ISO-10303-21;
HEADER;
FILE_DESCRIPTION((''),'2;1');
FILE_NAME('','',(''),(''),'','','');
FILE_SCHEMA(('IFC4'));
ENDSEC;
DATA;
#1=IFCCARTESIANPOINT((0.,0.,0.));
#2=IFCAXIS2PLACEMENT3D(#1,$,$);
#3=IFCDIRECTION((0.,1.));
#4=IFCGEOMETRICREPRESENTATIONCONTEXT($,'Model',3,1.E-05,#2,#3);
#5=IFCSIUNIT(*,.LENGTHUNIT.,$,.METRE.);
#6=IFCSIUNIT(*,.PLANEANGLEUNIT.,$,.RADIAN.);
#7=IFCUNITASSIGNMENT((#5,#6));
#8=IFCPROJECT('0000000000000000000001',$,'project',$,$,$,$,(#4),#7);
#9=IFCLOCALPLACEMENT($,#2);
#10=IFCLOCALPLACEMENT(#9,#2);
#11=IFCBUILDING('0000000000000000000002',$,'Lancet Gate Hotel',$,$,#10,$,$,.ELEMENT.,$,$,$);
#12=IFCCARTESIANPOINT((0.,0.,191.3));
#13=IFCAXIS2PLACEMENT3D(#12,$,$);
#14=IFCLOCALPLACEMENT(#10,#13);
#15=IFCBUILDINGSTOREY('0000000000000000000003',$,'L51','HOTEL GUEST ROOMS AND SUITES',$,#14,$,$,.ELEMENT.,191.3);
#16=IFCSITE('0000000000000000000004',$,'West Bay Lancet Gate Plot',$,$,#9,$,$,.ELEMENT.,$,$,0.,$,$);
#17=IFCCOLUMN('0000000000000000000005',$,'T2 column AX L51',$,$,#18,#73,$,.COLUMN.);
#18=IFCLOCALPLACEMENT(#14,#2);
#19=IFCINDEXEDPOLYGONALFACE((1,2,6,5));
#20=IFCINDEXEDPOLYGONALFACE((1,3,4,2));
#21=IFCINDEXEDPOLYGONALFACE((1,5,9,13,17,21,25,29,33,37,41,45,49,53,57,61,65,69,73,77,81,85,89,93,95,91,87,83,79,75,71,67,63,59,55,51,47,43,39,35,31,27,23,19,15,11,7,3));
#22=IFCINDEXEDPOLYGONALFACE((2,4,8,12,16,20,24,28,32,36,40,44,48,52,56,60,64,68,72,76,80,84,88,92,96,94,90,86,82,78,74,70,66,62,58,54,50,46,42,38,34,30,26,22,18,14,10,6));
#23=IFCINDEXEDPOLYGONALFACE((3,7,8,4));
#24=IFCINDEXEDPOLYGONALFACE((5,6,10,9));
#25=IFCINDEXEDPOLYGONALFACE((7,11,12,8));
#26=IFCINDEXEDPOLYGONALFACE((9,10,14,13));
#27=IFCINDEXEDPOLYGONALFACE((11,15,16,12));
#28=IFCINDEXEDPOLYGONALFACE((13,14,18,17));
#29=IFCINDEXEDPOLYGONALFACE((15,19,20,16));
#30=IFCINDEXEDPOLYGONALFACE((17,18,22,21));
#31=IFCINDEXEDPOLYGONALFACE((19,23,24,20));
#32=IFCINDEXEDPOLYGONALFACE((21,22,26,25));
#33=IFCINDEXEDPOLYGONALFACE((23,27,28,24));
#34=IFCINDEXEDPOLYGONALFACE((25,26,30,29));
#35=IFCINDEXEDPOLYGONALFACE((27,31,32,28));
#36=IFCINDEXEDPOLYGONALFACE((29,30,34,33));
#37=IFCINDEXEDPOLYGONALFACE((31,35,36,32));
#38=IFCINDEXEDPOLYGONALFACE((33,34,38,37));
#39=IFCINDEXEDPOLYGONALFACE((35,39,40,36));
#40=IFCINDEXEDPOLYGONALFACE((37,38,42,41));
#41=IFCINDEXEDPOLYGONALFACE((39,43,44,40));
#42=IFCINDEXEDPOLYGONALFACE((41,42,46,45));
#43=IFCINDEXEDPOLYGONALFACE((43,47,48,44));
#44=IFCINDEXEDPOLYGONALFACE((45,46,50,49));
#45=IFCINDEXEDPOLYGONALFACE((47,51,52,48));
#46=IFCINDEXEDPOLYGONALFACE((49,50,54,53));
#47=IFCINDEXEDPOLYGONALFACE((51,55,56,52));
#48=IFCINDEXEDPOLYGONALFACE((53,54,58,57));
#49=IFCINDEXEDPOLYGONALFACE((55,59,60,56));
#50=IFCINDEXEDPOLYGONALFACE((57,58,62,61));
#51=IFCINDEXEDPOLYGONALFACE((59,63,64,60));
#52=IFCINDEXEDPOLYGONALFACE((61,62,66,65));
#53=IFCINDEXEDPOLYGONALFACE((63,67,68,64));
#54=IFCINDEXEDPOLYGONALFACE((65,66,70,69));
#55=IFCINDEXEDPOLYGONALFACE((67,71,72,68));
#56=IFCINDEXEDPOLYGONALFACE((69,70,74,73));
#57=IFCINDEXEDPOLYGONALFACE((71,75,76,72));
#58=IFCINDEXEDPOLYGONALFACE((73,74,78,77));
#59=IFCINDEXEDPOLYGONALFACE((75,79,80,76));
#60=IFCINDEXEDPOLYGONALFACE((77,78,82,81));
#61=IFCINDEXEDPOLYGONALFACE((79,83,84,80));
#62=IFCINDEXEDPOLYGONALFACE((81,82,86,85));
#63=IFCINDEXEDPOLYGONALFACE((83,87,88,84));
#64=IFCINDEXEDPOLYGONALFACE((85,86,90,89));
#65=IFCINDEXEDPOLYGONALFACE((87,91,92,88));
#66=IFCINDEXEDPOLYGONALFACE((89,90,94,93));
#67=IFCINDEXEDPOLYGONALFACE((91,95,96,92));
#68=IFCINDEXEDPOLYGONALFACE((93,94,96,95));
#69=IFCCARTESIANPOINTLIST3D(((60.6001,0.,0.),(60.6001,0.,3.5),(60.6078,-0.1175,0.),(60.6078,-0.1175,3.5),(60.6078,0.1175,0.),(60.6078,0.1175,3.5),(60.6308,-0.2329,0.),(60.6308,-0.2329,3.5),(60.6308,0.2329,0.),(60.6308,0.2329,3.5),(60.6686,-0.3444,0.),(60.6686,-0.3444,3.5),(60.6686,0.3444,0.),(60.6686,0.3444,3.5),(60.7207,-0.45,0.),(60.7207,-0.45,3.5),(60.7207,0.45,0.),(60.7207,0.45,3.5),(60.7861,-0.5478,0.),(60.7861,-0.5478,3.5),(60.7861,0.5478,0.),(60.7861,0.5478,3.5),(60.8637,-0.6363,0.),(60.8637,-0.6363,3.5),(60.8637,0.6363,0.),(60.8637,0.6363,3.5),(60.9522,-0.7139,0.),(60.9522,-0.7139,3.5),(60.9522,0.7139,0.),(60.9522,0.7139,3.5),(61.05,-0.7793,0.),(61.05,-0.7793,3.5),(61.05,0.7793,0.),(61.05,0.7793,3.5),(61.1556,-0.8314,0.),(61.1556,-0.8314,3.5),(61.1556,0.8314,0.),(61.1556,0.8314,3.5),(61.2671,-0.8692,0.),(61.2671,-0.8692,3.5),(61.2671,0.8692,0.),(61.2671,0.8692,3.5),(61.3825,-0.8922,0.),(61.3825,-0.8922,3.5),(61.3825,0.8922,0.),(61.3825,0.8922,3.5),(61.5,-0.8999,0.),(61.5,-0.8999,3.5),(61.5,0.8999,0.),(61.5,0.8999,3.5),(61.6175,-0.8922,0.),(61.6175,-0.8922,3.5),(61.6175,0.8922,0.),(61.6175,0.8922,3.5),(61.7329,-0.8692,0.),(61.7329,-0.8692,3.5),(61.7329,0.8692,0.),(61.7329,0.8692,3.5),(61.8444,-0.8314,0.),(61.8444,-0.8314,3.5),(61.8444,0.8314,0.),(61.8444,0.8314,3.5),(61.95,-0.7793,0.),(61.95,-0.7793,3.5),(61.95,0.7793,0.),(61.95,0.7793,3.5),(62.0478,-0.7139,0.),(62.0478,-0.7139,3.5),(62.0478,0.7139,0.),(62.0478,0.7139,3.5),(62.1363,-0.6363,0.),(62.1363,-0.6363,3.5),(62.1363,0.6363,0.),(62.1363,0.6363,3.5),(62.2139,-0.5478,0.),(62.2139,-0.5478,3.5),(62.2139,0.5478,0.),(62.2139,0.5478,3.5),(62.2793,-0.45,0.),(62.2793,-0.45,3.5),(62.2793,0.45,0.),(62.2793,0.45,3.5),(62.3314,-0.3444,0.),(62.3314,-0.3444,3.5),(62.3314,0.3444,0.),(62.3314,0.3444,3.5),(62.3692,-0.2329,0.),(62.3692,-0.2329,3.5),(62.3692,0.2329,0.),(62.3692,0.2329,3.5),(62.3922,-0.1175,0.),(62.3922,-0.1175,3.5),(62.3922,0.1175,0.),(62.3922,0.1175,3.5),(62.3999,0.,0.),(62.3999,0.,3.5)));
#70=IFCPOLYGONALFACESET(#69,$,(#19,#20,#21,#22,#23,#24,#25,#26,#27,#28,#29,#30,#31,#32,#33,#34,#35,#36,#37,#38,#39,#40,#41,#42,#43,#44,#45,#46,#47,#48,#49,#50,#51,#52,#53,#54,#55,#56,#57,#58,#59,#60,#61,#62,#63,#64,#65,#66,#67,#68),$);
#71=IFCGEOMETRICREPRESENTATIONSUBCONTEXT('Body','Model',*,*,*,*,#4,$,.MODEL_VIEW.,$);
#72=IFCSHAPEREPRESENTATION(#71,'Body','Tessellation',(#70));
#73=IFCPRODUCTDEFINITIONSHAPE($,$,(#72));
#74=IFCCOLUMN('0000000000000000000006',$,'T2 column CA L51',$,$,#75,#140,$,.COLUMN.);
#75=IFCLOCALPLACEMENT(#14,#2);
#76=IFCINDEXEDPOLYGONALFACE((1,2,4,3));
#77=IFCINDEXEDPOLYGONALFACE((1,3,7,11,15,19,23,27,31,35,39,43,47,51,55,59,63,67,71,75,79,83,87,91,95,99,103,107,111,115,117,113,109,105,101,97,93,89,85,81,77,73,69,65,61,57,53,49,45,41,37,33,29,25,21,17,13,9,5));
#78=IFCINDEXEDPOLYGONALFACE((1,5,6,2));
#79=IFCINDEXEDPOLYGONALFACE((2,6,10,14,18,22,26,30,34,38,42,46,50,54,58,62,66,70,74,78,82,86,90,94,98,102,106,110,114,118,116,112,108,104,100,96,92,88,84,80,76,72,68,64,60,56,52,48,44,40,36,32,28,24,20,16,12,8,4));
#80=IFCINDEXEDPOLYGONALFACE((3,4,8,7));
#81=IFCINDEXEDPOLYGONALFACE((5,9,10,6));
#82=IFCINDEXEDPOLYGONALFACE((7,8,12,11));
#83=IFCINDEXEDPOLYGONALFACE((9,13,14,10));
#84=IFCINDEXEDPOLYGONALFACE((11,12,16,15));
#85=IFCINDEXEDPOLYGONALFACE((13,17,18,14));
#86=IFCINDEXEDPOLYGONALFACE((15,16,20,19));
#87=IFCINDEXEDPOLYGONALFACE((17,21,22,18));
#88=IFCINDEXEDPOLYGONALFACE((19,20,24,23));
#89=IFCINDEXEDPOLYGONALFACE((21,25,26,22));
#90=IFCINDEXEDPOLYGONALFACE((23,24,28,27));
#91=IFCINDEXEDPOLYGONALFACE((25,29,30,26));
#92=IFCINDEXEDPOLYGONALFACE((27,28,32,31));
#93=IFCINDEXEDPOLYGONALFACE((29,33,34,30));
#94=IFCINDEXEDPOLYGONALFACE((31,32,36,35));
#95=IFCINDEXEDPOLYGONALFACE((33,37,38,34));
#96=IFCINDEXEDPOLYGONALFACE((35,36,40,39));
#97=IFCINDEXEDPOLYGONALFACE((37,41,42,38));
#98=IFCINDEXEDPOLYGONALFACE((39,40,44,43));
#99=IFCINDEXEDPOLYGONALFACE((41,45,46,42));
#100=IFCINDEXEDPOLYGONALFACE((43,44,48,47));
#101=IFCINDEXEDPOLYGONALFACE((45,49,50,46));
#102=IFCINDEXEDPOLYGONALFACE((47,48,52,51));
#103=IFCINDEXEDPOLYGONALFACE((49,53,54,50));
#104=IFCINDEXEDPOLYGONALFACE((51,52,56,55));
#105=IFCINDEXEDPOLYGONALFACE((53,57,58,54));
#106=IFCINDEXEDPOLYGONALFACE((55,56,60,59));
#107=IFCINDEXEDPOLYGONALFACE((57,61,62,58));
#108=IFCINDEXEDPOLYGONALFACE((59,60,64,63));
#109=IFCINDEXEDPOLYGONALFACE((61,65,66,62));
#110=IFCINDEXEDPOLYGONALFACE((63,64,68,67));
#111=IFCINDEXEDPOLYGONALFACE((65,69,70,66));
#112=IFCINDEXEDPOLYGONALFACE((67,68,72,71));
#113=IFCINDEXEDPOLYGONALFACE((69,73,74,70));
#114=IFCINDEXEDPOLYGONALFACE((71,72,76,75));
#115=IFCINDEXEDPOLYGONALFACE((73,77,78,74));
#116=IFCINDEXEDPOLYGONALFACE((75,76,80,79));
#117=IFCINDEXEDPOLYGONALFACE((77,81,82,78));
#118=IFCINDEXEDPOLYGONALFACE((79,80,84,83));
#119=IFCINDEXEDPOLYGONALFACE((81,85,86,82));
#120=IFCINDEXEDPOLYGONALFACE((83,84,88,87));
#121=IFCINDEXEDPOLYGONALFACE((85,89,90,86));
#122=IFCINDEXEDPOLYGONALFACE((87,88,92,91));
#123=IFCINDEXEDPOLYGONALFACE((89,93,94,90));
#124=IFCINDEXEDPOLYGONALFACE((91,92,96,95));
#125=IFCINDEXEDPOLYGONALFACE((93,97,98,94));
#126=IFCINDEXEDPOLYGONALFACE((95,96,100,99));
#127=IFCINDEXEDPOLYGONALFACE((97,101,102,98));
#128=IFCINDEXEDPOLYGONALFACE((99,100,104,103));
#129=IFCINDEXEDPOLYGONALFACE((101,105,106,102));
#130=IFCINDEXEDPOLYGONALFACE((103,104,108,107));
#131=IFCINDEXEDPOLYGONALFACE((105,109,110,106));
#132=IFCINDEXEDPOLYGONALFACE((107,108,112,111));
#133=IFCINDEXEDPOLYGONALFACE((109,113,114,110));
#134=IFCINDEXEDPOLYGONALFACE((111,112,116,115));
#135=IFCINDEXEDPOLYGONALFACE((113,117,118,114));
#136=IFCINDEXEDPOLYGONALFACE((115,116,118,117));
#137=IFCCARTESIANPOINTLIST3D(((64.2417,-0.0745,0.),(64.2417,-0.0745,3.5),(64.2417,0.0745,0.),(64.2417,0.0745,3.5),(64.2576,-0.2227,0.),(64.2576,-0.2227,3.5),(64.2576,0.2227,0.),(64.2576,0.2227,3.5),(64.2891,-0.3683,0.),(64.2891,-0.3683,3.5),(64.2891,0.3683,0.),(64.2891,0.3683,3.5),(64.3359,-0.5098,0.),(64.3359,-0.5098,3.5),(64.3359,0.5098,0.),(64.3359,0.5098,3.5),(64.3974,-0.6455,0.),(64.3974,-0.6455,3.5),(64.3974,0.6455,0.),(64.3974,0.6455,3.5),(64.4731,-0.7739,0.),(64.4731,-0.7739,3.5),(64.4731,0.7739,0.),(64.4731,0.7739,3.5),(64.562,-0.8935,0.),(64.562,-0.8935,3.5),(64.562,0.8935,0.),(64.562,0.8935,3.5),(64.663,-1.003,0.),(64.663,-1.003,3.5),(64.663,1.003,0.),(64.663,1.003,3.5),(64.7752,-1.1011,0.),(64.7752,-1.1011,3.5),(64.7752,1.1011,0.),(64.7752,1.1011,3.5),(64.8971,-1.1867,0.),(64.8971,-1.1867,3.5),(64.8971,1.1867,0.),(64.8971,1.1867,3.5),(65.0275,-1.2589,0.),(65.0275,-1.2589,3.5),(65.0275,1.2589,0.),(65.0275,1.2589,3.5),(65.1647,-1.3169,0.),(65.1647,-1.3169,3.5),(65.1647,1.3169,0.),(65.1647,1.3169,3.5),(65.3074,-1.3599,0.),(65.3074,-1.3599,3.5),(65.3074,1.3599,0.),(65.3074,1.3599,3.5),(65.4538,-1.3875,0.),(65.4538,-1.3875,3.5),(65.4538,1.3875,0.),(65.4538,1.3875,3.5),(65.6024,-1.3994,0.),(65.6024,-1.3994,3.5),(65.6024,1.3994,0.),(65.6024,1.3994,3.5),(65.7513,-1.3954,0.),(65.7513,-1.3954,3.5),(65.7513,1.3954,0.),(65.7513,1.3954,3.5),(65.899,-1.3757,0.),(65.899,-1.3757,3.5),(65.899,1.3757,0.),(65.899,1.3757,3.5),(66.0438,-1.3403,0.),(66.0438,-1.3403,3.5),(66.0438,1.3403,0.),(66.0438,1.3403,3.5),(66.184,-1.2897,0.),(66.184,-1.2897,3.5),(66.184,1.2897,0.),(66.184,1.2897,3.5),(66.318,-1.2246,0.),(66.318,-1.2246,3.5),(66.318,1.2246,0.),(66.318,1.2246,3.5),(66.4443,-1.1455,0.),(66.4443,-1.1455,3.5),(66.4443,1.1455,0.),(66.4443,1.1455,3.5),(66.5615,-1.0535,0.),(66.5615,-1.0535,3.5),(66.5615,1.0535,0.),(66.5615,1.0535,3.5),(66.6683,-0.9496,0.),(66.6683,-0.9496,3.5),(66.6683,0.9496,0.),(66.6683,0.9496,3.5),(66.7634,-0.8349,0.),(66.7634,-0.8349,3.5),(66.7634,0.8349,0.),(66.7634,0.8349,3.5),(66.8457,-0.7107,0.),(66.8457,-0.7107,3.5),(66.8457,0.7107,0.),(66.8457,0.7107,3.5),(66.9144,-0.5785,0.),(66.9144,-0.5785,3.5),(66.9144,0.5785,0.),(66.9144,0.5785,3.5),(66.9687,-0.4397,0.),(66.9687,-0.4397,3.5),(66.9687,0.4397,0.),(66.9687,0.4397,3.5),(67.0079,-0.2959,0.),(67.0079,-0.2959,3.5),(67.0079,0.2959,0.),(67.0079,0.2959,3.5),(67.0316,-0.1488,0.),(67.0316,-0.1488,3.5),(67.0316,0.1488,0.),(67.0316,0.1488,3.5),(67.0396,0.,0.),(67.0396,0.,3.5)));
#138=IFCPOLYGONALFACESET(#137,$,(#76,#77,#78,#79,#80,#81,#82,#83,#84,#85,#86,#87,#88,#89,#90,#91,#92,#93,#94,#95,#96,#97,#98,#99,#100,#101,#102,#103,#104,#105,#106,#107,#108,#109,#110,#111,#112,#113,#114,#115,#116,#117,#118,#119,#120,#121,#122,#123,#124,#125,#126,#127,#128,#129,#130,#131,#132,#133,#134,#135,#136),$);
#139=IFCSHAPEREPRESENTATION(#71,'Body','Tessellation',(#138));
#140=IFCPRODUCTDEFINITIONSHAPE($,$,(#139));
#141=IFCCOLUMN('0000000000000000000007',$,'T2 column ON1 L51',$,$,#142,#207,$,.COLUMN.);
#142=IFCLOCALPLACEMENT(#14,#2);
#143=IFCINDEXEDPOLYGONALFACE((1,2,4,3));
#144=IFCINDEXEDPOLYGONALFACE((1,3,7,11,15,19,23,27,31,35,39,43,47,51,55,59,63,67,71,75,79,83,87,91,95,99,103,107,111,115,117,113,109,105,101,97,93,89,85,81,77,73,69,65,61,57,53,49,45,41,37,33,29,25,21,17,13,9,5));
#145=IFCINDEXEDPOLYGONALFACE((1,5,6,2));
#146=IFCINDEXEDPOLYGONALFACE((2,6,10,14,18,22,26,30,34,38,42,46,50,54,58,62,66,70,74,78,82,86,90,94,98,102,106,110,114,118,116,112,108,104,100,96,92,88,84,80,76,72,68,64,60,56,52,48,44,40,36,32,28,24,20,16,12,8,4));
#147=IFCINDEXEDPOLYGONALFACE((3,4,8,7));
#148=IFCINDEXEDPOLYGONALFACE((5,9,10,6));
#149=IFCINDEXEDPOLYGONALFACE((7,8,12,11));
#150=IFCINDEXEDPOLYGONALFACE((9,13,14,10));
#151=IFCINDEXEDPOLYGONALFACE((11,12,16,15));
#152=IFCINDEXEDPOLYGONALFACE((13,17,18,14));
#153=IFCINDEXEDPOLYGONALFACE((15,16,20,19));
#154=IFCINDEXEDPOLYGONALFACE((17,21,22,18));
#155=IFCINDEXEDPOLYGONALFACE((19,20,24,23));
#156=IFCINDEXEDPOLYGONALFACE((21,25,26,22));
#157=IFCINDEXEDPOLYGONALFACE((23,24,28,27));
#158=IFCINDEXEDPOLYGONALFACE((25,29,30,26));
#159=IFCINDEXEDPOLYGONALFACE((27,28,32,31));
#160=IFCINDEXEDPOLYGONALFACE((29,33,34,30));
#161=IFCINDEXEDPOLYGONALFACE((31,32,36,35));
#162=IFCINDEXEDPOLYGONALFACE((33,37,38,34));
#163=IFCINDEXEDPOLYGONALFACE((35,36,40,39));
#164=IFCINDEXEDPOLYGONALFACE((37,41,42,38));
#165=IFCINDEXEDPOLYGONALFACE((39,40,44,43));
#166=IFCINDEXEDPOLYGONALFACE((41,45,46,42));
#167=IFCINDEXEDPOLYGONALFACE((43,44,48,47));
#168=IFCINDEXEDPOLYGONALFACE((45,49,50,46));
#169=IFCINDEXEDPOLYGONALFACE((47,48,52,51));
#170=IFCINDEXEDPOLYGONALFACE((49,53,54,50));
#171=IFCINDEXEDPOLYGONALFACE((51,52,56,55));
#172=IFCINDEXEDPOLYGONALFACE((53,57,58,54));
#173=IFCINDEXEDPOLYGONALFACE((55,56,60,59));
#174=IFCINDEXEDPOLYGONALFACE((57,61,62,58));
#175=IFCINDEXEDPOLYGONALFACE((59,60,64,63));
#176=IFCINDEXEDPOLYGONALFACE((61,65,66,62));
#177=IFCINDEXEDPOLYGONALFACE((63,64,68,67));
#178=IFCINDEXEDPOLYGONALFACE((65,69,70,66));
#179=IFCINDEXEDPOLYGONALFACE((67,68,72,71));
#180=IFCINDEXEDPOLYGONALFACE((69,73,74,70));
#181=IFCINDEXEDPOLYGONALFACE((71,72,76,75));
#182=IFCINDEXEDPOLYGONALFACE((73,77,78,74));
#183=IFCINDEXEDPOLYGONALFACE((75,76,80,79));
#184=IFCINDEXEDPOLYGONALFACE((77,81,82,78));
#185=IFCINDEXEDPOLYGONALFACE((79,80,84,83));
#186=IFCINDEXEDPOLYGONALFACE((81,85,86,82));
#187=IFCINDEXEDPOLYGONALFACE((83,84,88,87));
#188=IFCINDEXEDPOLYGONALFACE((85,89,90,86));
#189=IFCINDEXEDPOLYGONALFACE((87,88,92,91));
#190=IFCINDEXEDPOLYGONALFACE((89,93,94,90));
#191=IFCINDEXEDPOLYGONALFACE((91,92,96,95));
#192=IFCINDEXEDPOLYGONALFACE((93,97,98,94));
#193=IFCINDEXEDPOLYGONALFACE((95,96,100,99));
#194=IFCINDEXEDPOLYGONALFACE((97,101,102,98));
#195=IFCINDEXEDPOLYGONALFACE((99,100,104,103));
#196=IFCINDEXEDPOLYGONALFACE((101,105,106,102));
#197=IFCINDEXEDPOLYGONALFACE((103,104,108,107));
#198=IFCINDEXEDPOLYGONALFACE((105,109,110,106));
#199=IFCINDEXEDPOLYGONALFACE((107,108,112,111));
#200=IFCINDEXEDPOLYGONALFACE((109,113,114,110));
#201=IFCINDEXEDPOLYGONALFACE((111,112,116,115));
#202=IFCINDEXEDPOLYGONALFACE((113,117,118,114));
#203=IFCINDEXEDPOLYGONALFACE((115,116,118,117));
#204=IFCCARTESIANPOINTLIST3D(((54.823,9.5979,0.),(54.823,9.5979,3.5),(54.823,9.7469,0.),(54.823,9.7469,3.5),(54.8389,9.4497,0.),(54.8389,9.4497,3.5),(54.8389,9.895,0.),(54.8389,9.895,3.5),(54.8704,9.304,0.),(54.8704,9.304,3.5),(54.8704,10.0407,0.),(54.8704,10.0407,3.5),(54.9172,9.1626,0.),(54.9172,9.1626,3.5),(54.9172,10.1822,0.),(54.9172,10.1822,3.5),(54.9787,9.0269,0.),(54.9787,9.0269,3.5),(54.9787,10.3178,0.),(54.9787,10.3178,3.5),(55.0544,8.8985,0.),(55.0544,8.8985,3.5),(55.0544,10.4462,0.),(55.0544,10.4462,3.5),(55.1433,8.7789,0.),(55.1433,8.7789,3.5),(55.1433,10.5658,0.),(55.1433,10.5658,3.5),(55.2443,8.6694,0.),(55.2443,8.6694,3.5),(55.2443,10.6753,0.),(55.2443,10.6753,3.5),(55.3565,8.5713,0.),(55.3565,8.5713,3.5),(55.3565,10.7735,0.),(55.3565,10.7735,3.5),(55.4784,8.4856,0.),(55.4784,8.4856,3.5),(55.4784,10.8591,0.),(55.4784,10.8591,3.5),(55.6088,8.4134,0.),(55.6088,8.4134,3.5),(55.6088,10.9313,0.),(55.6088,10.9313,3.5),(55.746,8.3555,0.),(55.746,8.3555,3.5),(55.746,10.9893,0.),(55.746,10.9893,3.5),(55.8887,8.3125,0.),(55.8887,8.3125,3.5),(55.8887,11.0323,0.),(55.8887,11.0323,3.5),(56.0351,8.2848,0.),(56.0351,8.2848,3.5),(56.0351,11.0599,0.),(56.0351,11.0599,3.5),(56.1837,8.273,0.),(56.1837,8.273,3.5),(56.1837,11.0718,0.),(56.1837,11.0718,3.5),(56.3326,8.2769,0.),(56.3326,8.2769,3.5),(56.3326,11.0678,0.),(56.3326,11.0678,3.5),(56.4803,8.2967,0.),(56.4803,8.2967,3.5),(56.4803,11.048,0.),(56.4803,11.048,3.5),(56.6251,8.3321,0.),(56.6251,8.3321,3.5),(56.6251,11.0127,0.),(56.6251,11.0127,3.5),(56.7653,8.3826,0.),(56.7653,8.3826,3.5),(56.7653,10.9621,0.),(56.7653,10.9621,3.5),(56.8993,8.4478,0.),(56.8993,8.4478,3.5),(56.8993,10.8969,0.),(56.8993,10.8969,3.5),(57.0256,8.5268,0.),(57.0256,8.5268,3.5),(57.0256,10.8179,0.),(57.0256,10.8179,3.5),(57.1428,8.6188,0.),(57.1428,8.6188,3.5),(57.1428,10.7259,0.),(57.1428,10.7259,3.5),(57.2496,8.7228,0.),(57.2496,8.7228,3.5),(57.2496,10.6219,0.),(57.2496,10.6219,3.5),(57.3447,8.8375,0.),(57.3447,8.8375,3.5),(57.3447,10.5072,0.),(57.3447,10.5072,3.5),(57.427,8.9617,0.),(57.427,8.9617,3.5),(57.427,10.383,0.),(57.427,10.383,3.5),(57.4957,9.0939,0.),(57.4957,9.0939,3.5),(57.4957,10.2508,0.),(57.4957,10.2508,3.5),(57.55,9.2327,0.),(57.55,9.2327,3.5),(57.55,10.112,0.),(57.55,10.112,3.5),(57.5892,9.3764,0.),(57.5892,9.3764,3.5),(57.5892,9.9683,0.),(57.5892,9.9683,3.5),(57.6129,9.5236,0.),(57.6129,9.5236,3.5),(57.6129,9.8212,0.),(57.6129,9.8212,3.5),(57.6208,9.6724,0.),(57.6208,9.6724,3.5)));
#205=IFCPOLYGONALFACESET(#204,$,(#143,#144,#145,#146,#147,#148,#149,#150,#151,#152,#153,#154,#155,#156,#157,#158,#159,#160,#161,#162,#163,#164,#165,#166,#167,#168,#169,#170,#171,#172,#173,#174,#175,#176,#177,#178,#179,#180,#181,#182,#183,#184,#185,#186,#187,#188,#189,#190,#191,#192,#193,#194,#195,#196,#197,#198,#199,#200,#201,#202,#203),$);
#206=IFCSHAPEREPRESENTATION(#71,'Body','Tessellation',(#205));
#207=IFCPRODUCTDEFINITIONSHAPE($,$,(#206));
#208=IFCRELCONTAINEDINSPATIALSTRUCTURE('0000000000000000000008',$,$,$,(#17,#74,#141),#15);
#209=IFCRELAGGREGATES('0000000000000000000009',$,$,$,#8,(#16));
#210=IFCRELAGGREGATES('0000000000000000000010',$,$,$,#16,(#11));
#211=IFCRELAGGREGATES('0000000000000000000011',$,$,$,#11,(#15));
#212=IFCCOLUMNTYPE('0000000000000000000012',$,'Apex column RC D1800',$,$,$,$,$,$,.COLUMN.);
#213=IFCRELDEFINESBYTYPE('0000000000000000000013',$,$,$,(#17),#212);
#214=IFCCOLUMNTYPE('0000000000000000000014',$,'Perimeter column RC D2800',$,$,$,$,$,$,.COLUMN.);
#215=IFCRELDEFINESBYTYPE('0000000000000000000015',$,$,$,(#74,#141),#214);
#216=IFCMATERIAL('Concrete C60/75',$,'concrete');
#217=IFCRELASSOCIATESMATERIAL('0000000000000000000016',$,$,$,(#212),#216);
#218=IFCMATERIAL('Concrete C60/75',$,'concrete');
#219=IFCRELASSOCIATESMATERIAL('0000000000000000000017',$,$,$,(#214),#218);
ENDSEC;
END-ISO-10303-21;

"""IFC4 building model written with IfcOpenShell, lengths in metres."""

from ifc_helpers import new_model, si_unit, direction, frame, origin, origin_2d, place, context, subcontext, project, spatial, circle, extrude, material, material_profile, profile_set, type_object, element, save


model = new_model("IFC4")

# Units and contexts
model_context = context("Model", 3, precision=1e-05, world=origin(), true_north=direction((0.0, 1.0)))
body_context = subcontext(model_context, "Body", "Model", "MODEL_VIEW")
ifc_project = project(units=[si_unit("LENGTHUNIT", "METRE"), si_unit("PLANEANGLEUNIT", "RADIAN")], contexts=[model_context])

# Site, building, storey
site_placement = place(None, origin())
site = spatial("IfcSite", under=ifc_project, at=site_placement, Name="West Bay Lancet Gate Plot", CompositionType="ELEMENT", RefElevation=0.0)
building_placement = place(site_placement, origin())
building = spatial("IfcBuilding", under=site, at=building_placement, Name="Lancet Gate Hotel", CompositionType="ELEMENT")
storey_placement = place(building_placement, frame((0.0, 0.0, 191.3)))
storey = spatial("IfcBuildingStorey", under=building, at=storey_placement, Name="L51", Description="HOTEL GUEST ROOMS AND SUITES", CompositionType="ELEMENT", Elevation=191.3)

# Columns
ifc_material_1 = material(Name="Concrete C60/75", Category="concrete")
ifc_material_profile_1 = material_profile(ifc_material_1, circle(Radius=0.8999, at=origin_2d()), Name="RC D1800")
ifc_profile_set_1 = profile_set([ifc_material_profile_1], Name="Concrete C60/75")
column_type_1 = type_object("IfcColumnType", Name="Apex column RC D1800", PredefinedType="COLUMN", material=ifc_profile_set_1)
column_placement = place(storey_placement, frame((61.5, 0.0, 0.0), z_axis=(0.0, 0.0, 1.0), x_axis=(1.0, 0.0, 0.0)))
element("IfcColumn", 1, at=column_placement, inside=storey, type_object=column_type_1, Name="T2 column AX L51", PredefinedType="COLUMN", context=body_context, shape_type="SweptSolid", body=[
    extrude(circle(Radius=0.8999, at=origin_2d()), origin(), (0.0, 0.0, 1.0), 3.5),
])
ifc_material_2 = material(Name="Concrete C60/75", Category="concrete")
ifc_material_profile_2 = material_profile(ifc_material_2, circle(Radius=1.3999, at=origin_2d()), Name="RC D2800")
ifc_profile_set_2 = profile_set([ifc_material_profile_2], Name="Concrete C60/75")
column_type_2 = type_object("IfcColumnType", Name="Perimeter column RC D2800", PredefinedType="COLUMN", material=ifc_profile_set_2)
for number, where, z_axis, x_axis, name in (
    (2, (65.6396, 0.0, 0.0), (0.0, 0.0, 1.0), (1.0, 0.0, 0.0), "T2 column CA L51"),
    (3, (56.2209, 9.6724, 0.0), (0.0, 0.0, 1.0), (1.0, 0.0, 0.0), "T2 column ON1 L51"),
):
    element("IfcColumn", number, at=place(storey_placement, frame(where, z_axis=z_axis, x_axis=x_axis)), inside=storey, type_object=column_type_2, Name=name, PredefinedType="COLUMN", context=body_context, shape_type="SweptSolid", body=[
        extrude(circle(Radius=1.3999, at=origin_2d()), origin(), (0.0, 0.0, 1.0), 3.5),
    ])

save(model, "model.ifc")
